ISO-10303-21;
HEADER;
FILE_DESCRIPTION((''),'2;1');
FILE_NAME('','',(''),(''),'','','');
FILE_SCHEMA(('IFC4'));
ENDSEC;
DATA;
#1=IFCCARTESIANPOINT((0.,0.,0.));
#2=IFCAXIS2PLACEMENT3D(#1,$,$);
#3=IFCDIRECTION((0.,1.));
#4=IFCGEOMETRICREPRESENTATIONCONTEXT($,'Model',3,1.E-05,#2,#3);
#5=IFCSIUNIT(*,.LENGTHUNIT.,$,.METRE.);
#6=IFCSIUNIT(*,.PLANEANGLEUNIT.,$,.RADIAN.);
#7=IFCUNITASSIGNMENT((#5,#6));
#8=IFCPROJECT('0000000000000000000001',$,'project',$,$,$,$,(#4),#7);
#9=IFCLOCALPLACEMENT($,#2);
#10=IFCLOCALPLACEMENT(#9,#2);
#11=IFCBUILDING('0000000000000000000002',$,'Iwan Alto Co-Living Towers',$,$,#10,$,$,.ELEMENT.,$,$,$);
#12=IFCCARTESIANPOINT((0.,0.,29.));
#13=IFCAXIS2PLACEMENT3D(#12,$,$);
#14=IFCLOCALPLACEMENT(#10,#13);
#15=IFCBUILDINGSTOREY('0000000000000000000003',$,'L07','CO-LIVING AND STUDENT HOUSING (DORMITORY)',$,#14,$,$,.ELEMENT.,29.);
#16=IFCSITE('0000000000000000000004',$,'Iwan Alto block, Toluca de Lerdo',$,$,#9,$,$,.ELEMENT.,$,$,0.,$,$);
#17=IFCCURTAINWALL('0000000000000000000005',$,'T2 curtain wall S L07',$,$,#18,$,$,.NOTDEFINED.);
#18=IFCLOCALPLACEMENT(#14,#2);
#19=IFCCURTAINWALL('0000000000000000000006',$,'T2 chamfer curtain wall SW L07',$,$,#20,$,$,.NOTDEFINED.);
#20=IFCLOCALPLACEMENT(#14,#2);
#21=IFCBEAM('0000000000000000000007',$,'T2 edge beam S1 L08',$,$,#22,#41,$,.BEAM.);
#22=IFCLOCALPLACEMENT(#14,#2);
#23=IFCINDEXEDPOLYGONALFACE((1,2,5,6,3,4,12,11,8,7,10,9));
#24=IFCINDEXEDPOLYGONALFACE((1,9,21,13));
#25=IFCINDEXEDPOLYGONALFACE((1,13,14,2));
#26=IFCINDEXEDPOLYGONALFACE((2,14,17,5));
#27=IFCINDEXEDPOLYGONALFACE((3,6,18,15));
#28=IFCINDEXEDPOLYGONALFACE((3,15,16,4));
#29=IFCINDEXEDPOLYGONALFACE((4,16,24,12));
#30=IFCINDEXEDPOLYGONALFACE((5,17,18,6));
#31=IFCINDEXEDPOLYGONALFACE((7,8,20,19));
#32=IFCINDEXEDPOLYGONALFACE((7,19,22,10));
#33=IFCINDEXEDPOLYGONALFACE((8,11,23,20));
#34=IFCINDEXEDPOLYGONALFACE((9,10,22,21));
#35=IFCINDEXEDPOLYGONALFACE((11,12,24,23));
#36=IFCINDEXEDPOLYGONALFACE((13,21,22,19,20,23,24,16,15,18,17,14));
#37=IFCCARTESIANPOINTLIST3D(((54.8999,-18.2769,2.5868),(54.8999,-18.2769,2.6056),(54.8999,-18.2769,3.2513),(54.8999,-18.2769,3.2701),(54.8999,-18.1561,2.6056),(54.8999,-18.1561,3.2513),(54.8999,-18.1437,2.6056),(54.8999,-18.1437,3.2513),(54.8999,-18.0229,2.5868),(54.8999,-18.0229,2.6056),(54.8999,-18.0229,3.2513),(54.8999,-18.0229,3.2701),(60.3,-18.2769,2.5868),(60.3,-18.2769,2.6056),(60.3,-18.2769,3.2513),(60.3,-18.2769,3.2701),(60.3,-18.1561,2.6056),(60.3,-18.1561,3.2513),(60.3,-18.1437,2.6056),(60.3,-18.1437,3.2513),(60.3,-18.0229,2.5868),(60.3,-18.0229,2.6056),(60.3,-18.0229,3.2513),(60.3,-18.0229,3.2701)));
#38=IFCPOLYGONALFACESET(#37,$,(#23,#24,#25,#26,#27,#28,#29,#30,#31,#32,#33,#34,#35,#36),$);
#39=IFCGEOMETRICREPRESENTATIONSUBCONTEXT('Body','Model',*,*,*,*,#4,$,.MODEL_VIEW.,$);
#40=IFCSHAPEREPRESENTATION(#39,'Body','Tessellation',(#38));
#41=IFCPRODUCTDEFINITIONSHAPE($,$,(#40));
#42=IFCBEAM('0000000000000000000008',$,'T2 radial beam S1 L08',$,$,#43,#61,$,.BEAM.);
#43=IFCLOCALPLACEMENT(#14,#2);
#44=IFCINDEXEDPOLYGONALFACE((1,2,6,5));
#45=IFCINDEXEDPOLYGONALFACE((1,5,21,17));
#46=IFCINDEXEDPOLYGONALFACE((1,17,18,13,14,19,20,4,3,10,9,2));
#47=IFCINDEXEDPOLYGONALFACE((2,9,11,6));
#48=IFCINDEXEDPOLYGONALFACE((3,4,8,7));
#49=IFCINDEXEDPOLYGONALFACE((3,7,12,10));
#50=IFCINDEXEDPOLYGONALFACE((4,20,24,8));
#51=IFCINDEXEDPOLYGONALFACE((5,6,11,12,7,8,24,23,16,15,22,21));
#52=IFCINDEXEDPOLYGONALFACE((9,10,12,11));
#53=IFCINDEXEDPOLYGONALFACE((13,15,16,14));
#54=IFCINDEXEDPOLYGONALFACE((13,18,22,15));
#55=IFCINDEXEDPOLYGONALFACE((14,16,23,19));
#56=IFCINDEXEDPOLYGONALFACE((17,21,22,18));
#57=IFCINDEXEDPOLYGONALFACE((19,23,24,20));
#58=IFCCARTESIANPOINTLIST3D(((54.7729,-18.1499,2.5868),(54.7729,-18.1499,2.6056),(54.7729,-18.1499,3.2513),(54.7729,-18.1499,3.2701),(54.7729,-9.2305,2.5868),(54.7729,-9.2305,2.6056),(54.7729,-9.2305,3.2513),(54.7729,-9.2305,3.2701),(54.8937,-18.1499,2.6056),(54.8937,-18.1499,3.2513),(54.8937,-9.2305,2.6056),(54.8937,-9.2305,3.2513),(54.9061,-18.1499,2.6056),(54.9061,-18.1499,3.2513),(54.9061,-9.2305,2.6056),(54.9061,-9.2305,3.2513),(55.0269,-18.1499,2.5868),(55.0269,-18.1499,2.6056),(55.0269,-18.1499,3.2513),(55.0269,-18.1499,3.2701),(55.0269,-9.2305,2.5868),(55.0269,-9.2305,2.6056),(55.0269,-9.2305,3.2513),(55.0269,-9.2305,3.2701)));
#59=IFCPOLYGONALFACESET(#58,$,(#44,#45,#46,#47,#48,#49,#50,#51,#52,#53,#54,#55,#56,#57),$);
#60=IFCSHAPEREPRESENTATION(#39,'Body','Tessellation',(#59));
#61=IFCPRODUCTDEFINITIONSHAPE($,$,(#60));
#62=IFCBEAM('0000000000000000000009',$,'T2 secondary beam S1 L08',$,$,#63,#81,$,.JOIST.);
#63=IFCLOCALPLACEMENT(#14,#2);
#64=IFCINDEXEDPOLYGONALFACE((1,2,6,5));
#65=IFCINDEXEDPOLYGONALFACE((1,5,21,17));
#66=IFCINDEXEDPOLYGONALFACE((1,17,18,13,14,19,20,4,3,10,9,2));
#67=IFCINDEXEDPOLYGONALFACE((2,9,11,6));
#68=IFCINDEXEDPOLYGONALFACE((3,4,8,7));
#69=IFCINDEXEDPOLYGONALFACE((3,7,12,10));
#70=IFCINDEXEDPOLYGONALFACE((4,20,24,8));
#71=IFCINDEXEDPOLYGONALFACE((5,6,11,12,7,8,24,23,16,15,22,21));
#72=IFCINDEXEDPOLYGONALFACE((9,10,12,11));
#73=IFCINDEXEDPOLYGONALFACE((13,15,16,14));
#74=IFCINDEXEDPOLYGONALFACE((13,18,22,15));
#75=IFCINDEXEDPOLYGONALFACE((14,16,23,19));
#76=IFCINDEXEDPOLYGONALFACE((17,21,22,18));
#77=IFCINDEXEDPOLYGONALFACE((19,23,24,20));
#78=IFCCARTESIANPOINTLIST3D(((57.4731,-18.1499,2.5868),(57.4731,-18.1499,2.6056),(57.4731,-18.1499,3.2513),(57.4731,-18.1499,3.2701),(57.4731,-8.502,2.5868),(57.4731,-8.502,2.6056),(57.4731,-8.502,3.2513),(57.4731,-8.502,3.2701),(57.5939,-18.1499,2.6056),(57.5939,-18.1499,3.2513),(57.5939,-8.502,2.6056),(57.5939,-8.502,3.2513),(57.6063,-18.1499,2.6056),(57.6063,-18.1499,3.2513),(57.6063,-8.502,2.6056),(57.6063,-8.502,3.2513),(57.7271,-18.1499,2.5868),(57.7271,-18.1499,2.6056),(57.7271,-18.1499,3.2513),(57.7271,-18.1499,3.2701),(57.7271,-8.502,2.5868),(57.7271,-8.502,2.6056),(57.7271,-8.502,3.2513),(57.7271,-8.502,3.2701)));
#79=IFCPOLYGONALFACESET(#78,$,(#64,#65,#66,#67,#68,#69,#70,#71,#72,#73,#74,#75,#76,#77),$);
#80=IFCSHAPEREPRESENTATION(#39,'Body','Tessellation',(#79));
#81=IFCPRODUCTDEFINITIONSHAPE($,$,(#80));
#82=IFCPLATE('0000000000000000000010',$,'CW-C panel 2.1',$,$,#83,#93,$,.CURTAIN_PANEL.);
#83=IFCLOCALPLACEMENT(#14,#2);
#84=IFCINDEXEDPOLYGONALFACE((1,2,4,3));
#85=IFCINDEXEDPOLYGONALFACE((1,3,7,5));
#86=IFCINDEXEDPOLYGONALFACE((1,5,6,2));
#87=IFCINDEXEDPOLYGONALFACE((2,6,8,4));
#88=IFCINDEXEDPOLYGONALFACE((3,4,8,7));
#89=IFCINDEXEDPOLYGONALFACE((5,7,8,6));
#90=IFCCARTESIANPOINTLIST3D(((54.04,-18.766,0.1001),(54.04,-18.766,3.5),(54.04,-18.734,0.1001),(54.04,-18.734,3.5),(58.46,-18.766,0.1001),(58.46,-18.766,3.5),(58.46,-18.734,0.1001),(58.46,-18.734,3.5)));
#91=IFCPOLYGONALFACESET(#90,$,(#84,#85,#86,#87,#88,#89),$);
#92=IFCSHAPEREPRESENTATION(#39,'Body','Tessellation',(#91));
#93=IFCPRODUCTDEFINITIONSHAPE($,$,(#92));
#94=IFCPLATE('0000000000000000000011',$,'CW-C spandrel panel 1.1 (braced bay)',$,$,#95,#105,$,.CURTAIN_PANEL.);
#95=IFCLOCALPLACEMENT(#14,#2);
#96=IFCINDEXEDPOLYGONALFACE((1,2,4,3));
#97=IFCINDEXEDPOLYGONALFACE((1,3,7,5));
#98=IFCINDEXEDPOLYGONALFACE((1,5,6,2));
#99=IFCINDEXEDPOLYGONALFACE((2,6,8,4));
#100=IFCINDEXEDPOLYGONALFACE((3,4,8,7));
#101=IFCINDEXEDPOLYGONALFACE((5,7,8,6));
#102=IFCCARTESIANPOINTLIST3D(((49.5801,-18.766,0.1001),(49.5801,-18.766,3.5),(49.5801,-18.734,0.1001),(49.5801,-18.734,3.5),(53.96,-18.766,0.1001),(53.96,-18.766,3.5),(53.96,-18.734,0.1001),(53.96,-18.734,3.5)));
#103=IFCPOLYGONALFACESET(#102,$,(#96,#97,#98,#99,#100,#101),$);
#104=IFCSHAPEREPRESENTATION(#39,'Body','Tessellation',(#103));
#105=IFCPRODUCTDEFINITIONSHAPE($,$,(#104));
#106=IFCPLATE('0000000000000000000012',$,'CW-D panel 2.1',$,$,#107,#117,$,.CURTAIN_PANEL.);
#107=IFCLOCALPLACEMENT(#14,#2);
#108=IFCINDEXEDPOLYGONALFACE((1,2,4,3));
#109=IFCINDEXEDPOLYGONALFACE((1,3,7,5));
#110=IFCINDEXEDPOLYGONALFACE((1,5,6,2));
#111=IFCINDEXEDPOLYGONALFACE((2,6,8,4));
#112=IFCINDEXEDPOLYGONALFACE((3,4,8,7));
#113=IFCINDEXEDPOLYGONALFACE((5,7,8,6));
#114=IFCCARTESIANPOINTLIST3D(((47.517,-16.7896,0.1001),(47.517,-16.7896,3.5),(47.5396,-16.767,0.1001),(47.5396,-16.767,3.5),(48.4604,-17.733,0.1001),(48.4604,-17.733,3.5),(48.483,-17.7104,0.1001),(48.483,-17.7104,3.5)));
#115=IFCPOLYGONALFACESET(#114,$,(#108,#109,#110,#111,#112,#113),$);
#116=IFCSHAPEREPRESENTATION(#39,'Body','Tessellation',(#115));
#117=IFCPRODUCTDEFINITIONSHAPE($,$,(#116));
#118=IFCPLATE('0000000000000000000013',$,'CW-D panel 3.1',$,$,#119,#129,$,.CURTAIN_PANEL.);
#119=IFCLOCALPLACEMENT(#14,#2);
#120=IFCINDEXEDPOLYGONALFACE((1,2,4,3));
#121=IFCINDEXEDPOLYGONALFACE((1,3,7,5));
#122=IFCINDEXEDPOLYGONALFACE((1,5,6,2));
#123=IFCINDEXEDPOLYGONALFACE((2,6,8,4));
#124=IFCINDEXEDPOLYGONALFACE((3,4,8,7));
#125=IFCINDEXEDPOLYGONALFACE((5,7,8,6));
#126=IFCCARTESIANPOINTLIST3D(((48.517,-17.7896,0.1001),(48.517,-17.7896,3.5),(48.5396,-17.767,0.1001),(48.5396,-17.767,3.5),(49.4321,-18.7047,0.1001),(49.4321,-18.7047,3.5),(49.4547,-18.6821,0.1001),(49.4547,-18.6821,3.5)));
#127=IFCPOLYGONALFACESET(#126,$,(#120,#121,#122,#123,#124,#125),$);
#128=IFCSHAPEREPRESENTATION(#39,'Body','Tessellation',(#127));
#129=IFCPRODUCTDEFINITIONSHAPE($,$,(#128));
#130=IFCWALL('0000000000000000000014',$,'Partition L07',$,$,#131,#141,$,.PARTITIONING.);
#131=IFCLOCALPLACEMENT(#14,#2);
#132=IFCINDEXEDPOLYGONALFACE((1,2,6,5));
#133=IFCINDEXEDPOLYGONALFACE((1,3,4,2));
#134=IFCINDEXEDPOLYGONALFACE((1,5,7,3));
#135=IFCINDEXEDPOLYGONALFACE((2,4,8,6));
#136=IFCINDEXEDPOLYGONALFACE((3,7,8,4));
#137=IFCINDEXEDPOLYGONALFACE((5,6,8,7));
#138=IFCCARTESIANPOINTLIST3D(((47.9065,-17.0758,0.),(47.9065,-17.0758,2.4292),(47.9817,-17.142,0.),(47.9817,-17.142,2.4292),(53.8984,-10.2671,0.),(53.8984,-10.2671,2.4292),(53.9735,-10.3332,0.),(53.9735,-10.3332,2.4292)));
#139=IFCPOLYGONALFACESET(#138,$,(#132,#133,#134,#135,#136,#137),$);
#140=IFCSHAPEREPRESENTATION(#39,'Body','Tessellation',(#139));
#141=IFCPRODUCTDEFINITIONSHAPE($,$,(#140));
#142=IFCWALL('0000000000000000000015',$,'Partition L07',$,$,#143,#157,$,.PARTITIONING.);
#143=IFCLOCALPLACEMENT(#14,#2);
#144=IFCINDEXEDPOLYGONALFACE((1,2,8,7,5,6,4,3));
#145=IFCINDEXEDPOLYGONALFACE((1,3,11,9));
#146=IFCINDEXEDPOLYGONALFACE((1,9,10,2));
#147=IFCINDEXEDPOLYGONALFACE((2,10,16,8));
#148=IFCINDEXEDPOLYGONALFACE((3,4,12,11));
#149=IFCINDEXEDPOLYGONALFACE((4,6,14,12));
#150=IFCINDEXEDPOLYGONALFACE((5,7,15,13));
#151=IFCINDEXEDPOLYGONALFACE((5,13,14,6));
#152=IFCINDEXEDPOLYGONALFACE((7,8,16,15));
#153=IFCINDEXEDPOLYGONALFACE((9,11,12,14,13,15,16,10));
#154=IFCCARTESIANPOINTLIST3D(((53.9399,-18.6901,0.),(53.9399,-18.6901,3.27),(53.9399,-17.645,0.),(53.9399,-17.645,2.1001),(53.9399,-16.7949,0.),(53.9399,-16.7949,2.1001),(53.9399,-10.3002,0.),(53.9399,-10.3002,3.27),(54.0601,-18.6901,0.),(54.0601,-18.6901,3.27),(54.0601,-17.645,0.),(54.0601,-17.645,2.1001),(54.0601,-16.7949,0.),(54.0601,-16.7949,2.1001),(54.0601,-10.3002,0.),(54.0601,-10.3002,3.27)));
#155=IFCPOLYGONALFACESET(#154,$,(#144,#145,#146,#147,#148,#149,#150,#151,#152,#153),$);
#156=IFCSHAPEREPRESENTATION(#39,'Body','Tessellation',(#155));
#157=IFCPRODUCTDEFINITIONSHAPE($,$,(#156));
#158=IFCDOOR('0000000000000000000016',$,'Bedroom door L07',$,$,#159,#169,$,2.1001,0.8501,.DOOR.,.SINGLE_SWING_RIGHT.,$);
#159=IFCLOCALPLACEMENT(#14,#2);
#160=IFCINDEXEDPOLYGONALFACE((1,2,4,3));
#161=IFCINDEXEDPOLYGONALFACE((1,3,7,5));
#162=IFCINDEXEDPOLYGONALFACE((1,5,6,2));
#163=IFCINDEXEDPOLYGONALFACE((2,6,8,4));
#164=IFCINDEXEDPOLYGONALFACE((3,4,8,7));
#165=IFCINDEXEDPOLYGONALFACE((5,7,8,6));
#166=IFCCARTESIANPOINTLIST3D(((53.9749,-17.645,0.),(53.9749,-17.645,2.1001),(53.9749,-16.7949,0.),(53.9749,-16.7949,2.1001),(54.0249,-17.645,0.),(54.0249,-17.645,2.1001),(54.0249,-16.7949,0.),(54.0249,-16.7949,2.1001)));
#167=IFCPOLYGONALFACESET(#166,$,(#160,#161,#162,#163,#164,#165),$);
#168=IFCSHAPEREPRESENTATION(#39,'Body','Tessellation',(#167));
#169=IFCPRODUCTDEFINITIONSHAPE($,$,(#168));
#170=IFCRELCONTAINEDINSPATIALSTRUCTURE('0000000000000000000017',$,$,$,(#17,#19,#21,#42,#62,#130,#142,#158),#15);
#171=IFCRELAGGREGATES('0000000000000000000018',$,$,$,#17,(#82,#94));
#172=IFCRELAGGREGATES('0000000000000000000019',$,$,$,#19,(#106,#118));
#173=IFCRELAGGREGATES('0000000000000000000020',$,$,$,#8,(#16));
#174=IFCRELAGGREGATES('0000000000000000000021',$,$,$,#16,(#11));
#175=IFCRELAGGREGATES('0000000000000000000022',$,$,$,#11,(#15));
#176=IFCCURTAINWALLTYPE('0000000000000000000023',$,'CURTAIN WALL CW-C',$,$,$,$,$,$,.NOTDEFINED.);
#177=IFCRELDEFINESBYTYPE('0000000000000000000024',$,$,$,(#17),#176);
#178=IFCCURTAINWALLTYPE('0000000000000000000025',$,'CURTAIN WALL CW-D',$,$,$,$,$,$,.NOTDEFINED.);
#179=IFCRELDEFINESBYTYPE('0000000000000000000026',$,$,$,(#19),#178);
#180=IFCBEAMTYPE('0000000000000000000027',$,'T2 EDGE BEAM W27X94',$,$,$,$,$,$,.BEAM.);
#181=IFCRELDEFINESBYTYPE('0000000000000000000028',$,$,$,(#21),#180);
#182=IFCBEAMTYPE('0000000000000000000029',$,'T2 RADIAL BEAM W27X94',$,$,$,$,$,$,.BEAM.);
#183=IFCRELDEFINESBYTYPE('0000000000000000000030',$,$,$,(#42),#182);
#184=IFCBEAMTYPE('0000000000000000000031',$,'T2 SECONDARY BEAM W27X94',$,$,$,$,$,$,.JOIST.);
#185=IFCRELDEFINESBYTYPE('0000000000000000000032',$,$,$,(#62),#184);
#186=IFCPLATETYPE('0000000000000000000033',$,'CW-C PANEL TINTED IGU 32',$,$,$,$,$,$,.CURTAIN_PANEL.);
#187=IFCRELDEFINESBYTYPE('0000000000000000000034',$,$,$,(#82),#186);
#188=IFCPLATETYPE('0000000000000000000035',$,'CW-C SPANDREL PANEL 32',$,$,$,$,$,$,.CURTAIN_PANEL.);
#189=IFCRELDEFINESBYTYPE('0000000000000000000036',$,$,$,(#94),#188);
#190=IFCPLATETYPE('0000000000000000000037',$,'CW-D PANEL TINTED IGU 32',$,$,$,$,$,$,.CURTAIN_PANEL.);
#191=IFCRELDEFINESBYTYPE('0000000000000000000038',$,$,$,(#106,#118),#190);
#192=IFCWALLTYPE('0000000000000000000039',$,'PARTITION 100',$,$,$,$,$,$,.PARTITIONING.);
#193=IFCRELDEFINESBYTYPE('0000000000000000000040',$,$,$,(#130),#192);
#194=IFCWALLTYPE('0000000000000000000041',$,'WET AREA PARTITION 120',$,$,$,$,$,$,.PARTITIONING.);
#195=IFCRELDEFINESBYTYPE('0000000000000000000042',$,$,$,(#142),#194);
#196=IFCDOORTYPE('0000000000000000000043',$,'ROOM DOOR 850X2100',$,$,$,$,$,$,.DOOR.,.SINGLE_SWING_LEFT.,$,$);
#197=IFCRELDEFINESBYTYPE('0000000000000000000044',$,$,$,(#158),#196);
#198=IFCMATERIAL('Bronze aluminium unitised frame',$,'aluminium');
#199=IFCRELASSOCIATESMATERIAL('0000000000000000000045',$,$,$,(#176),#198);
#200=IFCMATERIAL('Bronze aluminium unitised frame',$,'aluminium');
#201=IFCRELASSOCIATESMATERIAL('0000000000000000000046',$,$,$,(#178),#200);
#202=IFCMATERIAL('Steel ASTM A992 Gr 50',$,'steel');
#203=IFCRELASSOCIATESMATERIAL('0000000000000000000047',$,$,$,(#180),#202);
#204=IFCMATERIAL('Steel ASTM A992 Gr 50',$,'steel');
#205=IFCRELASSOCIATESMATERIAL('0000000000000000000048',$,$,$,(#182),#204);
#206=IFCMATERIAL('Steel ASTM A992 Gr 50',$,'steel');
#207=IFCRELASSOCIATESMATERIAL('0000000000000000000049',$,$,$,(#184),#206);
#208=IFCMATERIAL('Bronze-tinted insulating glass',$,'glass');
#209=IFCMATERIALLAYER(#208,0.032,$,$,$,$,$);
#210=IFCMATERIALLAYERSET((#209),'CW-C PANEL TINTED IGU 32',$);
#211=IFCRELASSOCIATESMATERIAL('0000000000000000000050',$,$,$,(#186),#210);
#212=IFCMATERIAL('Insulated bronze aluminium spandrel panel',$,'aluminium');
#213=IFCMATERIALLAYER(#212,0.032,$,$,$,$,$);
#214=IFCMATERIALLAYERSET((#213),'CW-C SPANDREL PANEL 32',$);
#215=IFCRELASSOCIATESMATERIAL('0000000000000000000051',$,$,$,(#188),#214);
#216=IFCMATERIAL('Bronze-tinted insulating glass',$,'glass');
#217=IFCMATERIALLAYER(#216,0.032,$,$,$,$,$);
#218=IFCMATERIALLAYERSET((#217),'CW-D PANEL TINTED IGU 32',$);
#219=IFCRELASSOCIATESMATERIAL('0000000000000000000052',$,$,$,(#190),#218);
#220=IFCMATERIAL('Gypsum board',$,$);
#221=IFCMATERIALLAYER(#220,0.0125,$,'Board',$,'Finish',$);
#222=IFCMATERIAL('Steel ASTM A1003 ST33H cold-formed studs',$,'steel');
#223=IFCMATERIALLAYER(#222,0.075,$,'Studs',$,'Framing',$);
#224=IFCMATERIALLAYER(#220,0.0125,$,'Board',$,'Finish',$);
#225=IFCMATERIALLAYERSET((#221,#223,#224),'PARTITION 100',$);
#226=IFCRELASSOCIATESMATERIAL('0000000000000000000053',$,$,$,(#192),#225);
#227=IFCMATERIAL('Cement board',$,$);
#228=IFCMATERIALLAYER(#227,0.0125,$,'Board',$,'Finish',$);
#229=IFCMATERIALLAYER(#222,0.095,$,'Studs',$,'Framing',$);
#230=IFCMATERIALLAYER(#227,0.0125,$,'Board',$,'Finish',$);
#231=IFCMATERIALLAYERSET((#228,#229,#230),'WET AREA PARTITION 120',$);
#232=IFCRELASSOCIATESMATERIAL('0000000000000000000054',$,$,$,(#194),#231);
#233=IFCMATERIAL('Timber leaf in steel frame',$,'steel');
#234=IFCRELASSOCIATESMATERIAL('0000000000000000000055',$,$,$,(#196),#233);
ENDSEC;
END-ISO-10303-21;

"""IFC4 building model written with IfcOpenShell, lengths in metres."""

from ifc_helpers import new_model, si_unit, direction, frame, frame_2d, origin, origin_2d, place, context, subcontext, project, spatial, rectangle, i_section, extrude, material, layer, layer_set, material_profile, profile_set, type_object, element, fill, aggregate, save


model = new_model("IFC4")

# Units and contexts
model_context = context("Model", 3, precision=1e-05, world=origin(), true_north=direction((0.0, 1.0)))
body_context = subcontext(model_context, "Body", "Model", "MODEL_VIEW")
ifc_project = project(units=[si_unit("LENGTHUNIT", "METRE"), si_unit("PLANEANGLEUNIT", "RADIAN")], contexts=[model_context])

# Site, building, storey
site_placement = place(None, origin())
site = spatial("IfcSite", under=ifc_project, at=site_placement, Name="Iwan Alto block, Toluca de Lerdo", CompositionType="ELEMENT", RefElevation=0.0)
building_placement = place(site_placement, origin())
building = spatial("IfcBuilding", under=site, at=building_placement, Name="Iwan Alto Co-Living Towers", CompositionType="ELEMENT")
storey_placement = place(building_placement, frame((0.0, 0.0, 29.0)))
storey = spatial("IfcBuildingStorey", under=building, at=storey_placement, Name="L07", Description="CO-LIVING AND STUDENT HOUSING (DORMITORY)", CompositionType="ELEMENT", Elevation=29.0)

# Curtain walls
ifc_material_1 = material(Name="Bronze aluminium unitised frame", Category="aluminium")
curtain_wall_type_1 = type_object("IfcCurtainWallType", Name="CURTAIN WALL CW-C", PredefinedType="NOTDEFINED", material=ifc_material_1)
curtain_wall_1_placement = place(storey_placement, origin())
curtain_wall_1 = element("IfcCurtainWall", 1, at=curtain_wall_1_placement, inside=storey, type_object=curtain_wall_type_1, Name="T2 curtain wall S L07", PredefinedType="NOTDEFINED")
ifc_material_2 = material(Name="Bronze aluminium unitised frame", Category="aluminium")
curtain_wall_type_2 = type_object("IfcCurtainWallType", Name="CURTAIN WALL CW-D", PredefinedType="NOTDEFINED", material=ifc_material_2)
curtain_wall_2_placement = place(storey_placement, origin())
curtain_wall_2 = element("IfcCurtainWall", 2, at=curtain_wall_2_placement, inside=storey, type_object=curtain_wall_type_2, Name="T2 chamfer curtain wall SW L07", PredefinedType="NOTDEFINED")

# Beams
ifc_material_3 = material(Name="Steel ASTM A992 Gr 50", Category="steel")
ifc_material_profile_1 = material_profile(ifc_material_3, i_section(OverallWidth=0.2539, OverallDepth=0.6833, WebThickness=0.0125, FlangeThickness=0.0188, at=origin_2d()), Name="W27X94")
ifc_profile_set_1 = profile_set([ifc_material_profile_1], Name="Steel ASTM A992 Gr 50")
beam_type_1 = type_object("IfcBeamType", Name="T2 EDGE BEAM W27X94", PredefinedType="BEAM", material=ifc_profile_set_1)
beam_1_placement = place(storey_placement, frame((54.8999, -18.1499, 2.9285), z_axis=(1.0, 0.0, 0.0), x_axis=(0.0, 1.0, 0.0)))
element("IfcBeam", 3, at=beam_1_placement, inside=storey, type_object=beam_type_1, Name="T2 edge beam S1 L08", PredefinedType="BEAM", context=body_context, shape_type="SweptSolid", body=[
    extrude(i_section(OverallWidth=0.2539, OverallDepth=0.6833, WebThickness=0.0125, FlangeThickness=0.0188, at=origin_2d()), origin(), (0.0, 0.0, 1.0), 5.4001),
])
ifc_material_4 = material(Name="Steel ASTM A992 Gr 50", Category="steel")
ifc_material_profile_2 = material_profile(ifc_material_4, i_section(OverallWidth=0.2539, OverallDepth=0.6833, WebThickness=0.0125, FlangeThickness=0.0188, at=origin_2d()), Name="W27X94")
ifc_profile_set_2 = profile_set([ifc_material_profile_2], Name="Steel ASTM A992 Gr 50")
beam_type_2 = type_object("IfcBeamType", Name="T2 RADIAL BEAM W27X94", PredefinedType="BEAM", material=ifc_profile_set_2)
beam_2_placement = place(storey_placement, frame((54.8999, -18.1499, 2.9285), z_axis=(0.0, 1.0, 0.0), x_axis=(-1.0, 0.0, 0.0)))
element("IfcBeam", 4, at=beam_2_placement, inside=storey, type_object=beam_type_2, Name="T2 radial beam S1 L08", PredefinedType="BEAM", context=body_context, shape_type="SweptSolid", body=[
    extrude(i_section(OverallWidth=0.2539, OverallDepth=0.6833, WebThickness=0.0125, FlangeThickness=0.0188, at=origin_2d()), origin(), (0.0, 0.0, 1.0), 8.9194),
])
ifc_material_5 = material(Name="Steel ASTM A992 Gr 50", Category="steel")
ifc_material_profile_3 = material_profile(ifc_material_5, i_section(OverallWidth=0.2539, OverallDepth=0.6833, WebThickness=0.0125, FlangeThickness=0.0188, at=origin_2d()), Name="W27X94")
ifc_profile_set_3 = profile_set([ifc_material_profile_3], Name="Steel ASTM A992 Gr 50")
beam_type_3 = type_object("IfcBeamType", Name="T2 SECONDARY BEAM W27X94", PredefinedType="JOIST", material=ifc_profile_set_3)
beam_3_placement = place(storey_placement, frame((57.6001, -18.1499, 2.9285), z_axis=(0.0, 1.0, 0.0), x_axis=(-1.0, 0.0, 0.0)))
element("IfcBeam", 5, at=beam_3_placement, inside=storey, type_object=beam_type_3, Name="T2 secondary beam S1 L08", PredefinedType="JOIST", context=body_context, shape_type="SweptSolid", body=[
    extrude(i_section(OverallWidth=0.2539, OverallDepth=0.6833, WebThickness=0.0125, FlangeThickness=0.0188, at=origin_2d()), origin(), (0.0, 0.0, 1.0), 9.6479),
])

# Plates
ifc_material_6 = material(Name="Bronze-tinted insulating glass", Category="glass")
ifc_layer_1 = layer(ifc_material_6, 0.032)
ifc_layer_set_1 = layer_set([ifc_layer_1], Name="CW-C PANEL TINTED IGU 32")
plate_type_1 = type_object("IfcPlateType", Name="CW-C PANEL TINTED IGU 32", PredefinedType="CURTAIN_PANEL", material=ifc_layer_set_1)
plate_1_placement = place(storey_placement, frame((56.25, -18.75, 0.1001), z_axis=(0.0, 0.0, 1.0), x_axis=(1.0, 0.0, 0.0)))
plate_1 = element("IfcPlate", 6, at=plate_1_placement, type_object=plate_type_1, Name="CW-C panel 2.1", PredefinedType="CURTAIN_PANEL", context=body_context, shape_type="SweptSolid", body=[
    extrude(rectangle(XDim=4.4199, YDim=0.032, at=origin_2d()), origin(), (0.0, 0.0, 1.0), 3.3999),
])
ifc_material_7 = material(Name="Insulated bronze aluminium spandrel panel", Category="aluminium")
ifc_layer_2 = layer(ifc_material_7, 0.032)
ifc_layer_set_2 = layer_set([ifc_layer_2], Name="CW-C SPANDREL PANEL 32")
plate_type_2 = type_object("IfcPlateType", Name="CW-C SPANDREL PANEL 32", PredefinedType="CURTAIN_PANEL", material=ifc_layer_set_2)
plate_2_placement = place(storey_placement, frame((51.77, -18.75, 0.1001), z_axis=(0.0, 0.0, 1.0), x_axis=(1.0, 0.0, 0.0)))
plate_2 = element("IfcPlate", 7, at=plate_2_placement, type_object=plate_type_2, Name="CW-C spandrel panel 1.1 (braced bay)", PredefinedType="CURTAIN_PANEL", context=body_context, shape_type="SweptSolid", body=[
    extrude(rectangle(XDim=4.3799, YDim=0.032, at=origin_2d()), origin(), (0.0, 0.0, 1.0), 3.3999),
])
aggregate(curtain_wall_1, [plate_1, plate_2])
ifc_material_8 = material(Name="Bronze-tinted insulating glass", Category="glass")
ifc_layer_3 = layer(ifc_material_8, 0.032)
ifc_layer_set_3 = layer_set([ifc_layer_3], Name="CW-D PANEL TINTED IGU 32")
plate_type_3 = type_object("IfcPlateType", Name="CW-D PANEL TINTED IGU 32", PredefinedType="CURTAIN_PANEL", material=ifc_layer_set_3)
plate_3_placement = place(storey_placement, frame((48.0, -17.25, 0.1001), z_axis=(0.0, 0.0, 1.0), x_axis=(0.707107, -0.707107, 0.0)))
plate_3 = element("IfcPlate", 8, at=plate_3_placement, type_object=plate_type_3, Name="CW-D panel 2.1", PredefinedType="CURTAIN_PANEL", context=body_context, shape_type="SweptSolid", body=[
    extrude(rectangle(XDim=1.3342, YDim=0.032, at=origin_2d()), origin(), (0.0, 0.0, 1.0), 3.3999),
])
plate_4_placement = place(storey_placement, frame((48.9858, -18.2358, 0.1001), z_axis=(0.0, 0.0, 1.0), x_axis=(0.707107, -0.707107, 0.0)))
plate_4 = element("IfcPlate", 9, at=plate_4_placement, type_object=plate_type_3, Name="CW-D panel 3.1", PredefinedType="CURTAIN_PANEL", context=body_context, shape_type="SweptSolid", body=[
    extrude(rectangle(XDim=1.2942, YDim=0.032, at=origin_2d()), origin(), (0.0, 0.0, 1.0), 3.3999),
])
aggregate(curtain_wall_2, [plate_3, plate_4])

# Wall
ifc_material_9 = material(Name="Gypsum board")
ifc_layer_4 = layer(ifc_material_9, 0.0125, Name="Board", Category="Finish")
ifc_material_10 = material(Name="Steel ASTM A1003 ST33H cold-formed studs", Category="steel")
ifc_layer_5 = layer(ifc_material_10, 0.075, Name="Studs", Category="Framing")
ifc_layer_6 = layer(ifc_material_9, 0.0125, Name="Board", Category="Finish")
ifc_layer_set_4 = layer_set([ifc_layer_4, ifc_layer_5, ifc_layer_6], Name="PARTITION 100")
wall_type_1 = type_object("IfcWallType", Name="PARTITION 100", PredefinedType="PARTITIONING", material=ifc_layer_set_4)
wall_1_placement = place(storey_placement, frame((47.9441, -17.1089, 0.0), z_axis=(0.0, 0.0, 1.0), x_axis=(0.660638, 0.750704, 0.0)))
element("IfcWall", 10, at=wall_1_placement, inside=storey, type_object=wall_type_1, Name="Partition L07", PredefinedType="PARTITIONING", context=body_context, shape_type="SweptSolid", body=[
    extrude(rectangle(XDim=9.0698, YDim=0.1001, at=frame_2d((4.5349, 0.0))), origin(), (0.0, 0.0, 1.0), 2.4292),
])

# Wall, opening, door
ifc_material_11 = material(Name="Cement board")
ifc_layer_7 = layer(ifc_material_11, 0.0125, Name="Board", Category="Finish")
ifc_layer_8 = layer(ifc_material_10, 0.095, Name="Studs", Category="Framing")
ifc_layer_9 = layer(ifc_material_11, 0.0125, Name="Board", Category="Finish")
ifc_layer_set_5 = layer_set([ifc_layer_7, ifc_layer_8, ifc_layer_9], Name="WET AREA PARTITION 120")
wall_type_2 = type_object("IfcWallType", Name="WET AREA PARTITION 120", PredefinedType="PARTITIONING", material=ifc_layer_set_5)
wall_2_placement = place(storey_placement, frame((54.0, -18.6899, 0.0), z_axis=(0.0, 0.0, 1.0), x_axis=(0.0, 1.0, 0.0)))
wall_2 = element("IfcWall", 11, at=wall_2_placement, inside=storey, type_object=wall_type_2, Name="Partition L07", PredefinedType="PARTITIONING", context=body_context, shape_type="SweptSolid", body=[
    extrude(rectangle(XDim=8.3899, YDim=0.1201, at=frame_2d((4.1948, 0.0))), origin(), (0.0, 0.0, 1.0), 3.27),
])
opening_placement = place(wall_2_placement, frame((1.0449, 0.0, 0.0)))
opening = element("IfcOpeningElement", 12, at=opening_placement, cuts=wall_2, PredefinedType="OPENING", context=body_context, shape_type="SweptSolid", body=[
    extrude(rectangle(XDim=0.8501, YDim=2.1001, at=frame_2d((0.425, 1.05))), frame((0.0, 0.0701, 0.0), z_axis=(0.0, -1.0, 0.0), x_axis=(1.0, 0.0, 0.0)), (0.0, 0.0, 1.0), 0.1401),
])
ifc_material_12 = material(Name="Timber leaf in steel frame", Category="steel")
door_type = type_object("IfcDoorType", Name="ROOM DOOR 850X2100", OperationType="SINGLE_SWING_LEFT", PredefinedType="DOOR", material=ifc_material_12)
door_placement = place(opening_placement, frame((0.8501, 0.0, 0.0), z_axis=(0.0, 0.0, 1.0), x_axis=(-1.0, 0.0, 0.0)))
door = element("IfcDoor", 13, at=door_placement, inside=storey, type_object=door_type, Name="Bedroom door L07", OperationType="SINGLE_SWING_RIGHT", OverallHeight=2.1001, OverallWidth=0.8501, PredefinedType="DOOR", context=body_context, shape_type="SweptSolid", body=[
    extrude(rectangle(XDim=0.8501, YDim=2.1001, at=frame_2d((0.425, 1.05))), frame((0.0, 0.0249, 0.0), z_axis=(0.0, -1.0, 0.0), x_axis=(1.0, 0.0, 0.0)), (0.0, 0.0, 1.0), 0.05),
])
fill(opening, door)

save(model, "model.ifc")
